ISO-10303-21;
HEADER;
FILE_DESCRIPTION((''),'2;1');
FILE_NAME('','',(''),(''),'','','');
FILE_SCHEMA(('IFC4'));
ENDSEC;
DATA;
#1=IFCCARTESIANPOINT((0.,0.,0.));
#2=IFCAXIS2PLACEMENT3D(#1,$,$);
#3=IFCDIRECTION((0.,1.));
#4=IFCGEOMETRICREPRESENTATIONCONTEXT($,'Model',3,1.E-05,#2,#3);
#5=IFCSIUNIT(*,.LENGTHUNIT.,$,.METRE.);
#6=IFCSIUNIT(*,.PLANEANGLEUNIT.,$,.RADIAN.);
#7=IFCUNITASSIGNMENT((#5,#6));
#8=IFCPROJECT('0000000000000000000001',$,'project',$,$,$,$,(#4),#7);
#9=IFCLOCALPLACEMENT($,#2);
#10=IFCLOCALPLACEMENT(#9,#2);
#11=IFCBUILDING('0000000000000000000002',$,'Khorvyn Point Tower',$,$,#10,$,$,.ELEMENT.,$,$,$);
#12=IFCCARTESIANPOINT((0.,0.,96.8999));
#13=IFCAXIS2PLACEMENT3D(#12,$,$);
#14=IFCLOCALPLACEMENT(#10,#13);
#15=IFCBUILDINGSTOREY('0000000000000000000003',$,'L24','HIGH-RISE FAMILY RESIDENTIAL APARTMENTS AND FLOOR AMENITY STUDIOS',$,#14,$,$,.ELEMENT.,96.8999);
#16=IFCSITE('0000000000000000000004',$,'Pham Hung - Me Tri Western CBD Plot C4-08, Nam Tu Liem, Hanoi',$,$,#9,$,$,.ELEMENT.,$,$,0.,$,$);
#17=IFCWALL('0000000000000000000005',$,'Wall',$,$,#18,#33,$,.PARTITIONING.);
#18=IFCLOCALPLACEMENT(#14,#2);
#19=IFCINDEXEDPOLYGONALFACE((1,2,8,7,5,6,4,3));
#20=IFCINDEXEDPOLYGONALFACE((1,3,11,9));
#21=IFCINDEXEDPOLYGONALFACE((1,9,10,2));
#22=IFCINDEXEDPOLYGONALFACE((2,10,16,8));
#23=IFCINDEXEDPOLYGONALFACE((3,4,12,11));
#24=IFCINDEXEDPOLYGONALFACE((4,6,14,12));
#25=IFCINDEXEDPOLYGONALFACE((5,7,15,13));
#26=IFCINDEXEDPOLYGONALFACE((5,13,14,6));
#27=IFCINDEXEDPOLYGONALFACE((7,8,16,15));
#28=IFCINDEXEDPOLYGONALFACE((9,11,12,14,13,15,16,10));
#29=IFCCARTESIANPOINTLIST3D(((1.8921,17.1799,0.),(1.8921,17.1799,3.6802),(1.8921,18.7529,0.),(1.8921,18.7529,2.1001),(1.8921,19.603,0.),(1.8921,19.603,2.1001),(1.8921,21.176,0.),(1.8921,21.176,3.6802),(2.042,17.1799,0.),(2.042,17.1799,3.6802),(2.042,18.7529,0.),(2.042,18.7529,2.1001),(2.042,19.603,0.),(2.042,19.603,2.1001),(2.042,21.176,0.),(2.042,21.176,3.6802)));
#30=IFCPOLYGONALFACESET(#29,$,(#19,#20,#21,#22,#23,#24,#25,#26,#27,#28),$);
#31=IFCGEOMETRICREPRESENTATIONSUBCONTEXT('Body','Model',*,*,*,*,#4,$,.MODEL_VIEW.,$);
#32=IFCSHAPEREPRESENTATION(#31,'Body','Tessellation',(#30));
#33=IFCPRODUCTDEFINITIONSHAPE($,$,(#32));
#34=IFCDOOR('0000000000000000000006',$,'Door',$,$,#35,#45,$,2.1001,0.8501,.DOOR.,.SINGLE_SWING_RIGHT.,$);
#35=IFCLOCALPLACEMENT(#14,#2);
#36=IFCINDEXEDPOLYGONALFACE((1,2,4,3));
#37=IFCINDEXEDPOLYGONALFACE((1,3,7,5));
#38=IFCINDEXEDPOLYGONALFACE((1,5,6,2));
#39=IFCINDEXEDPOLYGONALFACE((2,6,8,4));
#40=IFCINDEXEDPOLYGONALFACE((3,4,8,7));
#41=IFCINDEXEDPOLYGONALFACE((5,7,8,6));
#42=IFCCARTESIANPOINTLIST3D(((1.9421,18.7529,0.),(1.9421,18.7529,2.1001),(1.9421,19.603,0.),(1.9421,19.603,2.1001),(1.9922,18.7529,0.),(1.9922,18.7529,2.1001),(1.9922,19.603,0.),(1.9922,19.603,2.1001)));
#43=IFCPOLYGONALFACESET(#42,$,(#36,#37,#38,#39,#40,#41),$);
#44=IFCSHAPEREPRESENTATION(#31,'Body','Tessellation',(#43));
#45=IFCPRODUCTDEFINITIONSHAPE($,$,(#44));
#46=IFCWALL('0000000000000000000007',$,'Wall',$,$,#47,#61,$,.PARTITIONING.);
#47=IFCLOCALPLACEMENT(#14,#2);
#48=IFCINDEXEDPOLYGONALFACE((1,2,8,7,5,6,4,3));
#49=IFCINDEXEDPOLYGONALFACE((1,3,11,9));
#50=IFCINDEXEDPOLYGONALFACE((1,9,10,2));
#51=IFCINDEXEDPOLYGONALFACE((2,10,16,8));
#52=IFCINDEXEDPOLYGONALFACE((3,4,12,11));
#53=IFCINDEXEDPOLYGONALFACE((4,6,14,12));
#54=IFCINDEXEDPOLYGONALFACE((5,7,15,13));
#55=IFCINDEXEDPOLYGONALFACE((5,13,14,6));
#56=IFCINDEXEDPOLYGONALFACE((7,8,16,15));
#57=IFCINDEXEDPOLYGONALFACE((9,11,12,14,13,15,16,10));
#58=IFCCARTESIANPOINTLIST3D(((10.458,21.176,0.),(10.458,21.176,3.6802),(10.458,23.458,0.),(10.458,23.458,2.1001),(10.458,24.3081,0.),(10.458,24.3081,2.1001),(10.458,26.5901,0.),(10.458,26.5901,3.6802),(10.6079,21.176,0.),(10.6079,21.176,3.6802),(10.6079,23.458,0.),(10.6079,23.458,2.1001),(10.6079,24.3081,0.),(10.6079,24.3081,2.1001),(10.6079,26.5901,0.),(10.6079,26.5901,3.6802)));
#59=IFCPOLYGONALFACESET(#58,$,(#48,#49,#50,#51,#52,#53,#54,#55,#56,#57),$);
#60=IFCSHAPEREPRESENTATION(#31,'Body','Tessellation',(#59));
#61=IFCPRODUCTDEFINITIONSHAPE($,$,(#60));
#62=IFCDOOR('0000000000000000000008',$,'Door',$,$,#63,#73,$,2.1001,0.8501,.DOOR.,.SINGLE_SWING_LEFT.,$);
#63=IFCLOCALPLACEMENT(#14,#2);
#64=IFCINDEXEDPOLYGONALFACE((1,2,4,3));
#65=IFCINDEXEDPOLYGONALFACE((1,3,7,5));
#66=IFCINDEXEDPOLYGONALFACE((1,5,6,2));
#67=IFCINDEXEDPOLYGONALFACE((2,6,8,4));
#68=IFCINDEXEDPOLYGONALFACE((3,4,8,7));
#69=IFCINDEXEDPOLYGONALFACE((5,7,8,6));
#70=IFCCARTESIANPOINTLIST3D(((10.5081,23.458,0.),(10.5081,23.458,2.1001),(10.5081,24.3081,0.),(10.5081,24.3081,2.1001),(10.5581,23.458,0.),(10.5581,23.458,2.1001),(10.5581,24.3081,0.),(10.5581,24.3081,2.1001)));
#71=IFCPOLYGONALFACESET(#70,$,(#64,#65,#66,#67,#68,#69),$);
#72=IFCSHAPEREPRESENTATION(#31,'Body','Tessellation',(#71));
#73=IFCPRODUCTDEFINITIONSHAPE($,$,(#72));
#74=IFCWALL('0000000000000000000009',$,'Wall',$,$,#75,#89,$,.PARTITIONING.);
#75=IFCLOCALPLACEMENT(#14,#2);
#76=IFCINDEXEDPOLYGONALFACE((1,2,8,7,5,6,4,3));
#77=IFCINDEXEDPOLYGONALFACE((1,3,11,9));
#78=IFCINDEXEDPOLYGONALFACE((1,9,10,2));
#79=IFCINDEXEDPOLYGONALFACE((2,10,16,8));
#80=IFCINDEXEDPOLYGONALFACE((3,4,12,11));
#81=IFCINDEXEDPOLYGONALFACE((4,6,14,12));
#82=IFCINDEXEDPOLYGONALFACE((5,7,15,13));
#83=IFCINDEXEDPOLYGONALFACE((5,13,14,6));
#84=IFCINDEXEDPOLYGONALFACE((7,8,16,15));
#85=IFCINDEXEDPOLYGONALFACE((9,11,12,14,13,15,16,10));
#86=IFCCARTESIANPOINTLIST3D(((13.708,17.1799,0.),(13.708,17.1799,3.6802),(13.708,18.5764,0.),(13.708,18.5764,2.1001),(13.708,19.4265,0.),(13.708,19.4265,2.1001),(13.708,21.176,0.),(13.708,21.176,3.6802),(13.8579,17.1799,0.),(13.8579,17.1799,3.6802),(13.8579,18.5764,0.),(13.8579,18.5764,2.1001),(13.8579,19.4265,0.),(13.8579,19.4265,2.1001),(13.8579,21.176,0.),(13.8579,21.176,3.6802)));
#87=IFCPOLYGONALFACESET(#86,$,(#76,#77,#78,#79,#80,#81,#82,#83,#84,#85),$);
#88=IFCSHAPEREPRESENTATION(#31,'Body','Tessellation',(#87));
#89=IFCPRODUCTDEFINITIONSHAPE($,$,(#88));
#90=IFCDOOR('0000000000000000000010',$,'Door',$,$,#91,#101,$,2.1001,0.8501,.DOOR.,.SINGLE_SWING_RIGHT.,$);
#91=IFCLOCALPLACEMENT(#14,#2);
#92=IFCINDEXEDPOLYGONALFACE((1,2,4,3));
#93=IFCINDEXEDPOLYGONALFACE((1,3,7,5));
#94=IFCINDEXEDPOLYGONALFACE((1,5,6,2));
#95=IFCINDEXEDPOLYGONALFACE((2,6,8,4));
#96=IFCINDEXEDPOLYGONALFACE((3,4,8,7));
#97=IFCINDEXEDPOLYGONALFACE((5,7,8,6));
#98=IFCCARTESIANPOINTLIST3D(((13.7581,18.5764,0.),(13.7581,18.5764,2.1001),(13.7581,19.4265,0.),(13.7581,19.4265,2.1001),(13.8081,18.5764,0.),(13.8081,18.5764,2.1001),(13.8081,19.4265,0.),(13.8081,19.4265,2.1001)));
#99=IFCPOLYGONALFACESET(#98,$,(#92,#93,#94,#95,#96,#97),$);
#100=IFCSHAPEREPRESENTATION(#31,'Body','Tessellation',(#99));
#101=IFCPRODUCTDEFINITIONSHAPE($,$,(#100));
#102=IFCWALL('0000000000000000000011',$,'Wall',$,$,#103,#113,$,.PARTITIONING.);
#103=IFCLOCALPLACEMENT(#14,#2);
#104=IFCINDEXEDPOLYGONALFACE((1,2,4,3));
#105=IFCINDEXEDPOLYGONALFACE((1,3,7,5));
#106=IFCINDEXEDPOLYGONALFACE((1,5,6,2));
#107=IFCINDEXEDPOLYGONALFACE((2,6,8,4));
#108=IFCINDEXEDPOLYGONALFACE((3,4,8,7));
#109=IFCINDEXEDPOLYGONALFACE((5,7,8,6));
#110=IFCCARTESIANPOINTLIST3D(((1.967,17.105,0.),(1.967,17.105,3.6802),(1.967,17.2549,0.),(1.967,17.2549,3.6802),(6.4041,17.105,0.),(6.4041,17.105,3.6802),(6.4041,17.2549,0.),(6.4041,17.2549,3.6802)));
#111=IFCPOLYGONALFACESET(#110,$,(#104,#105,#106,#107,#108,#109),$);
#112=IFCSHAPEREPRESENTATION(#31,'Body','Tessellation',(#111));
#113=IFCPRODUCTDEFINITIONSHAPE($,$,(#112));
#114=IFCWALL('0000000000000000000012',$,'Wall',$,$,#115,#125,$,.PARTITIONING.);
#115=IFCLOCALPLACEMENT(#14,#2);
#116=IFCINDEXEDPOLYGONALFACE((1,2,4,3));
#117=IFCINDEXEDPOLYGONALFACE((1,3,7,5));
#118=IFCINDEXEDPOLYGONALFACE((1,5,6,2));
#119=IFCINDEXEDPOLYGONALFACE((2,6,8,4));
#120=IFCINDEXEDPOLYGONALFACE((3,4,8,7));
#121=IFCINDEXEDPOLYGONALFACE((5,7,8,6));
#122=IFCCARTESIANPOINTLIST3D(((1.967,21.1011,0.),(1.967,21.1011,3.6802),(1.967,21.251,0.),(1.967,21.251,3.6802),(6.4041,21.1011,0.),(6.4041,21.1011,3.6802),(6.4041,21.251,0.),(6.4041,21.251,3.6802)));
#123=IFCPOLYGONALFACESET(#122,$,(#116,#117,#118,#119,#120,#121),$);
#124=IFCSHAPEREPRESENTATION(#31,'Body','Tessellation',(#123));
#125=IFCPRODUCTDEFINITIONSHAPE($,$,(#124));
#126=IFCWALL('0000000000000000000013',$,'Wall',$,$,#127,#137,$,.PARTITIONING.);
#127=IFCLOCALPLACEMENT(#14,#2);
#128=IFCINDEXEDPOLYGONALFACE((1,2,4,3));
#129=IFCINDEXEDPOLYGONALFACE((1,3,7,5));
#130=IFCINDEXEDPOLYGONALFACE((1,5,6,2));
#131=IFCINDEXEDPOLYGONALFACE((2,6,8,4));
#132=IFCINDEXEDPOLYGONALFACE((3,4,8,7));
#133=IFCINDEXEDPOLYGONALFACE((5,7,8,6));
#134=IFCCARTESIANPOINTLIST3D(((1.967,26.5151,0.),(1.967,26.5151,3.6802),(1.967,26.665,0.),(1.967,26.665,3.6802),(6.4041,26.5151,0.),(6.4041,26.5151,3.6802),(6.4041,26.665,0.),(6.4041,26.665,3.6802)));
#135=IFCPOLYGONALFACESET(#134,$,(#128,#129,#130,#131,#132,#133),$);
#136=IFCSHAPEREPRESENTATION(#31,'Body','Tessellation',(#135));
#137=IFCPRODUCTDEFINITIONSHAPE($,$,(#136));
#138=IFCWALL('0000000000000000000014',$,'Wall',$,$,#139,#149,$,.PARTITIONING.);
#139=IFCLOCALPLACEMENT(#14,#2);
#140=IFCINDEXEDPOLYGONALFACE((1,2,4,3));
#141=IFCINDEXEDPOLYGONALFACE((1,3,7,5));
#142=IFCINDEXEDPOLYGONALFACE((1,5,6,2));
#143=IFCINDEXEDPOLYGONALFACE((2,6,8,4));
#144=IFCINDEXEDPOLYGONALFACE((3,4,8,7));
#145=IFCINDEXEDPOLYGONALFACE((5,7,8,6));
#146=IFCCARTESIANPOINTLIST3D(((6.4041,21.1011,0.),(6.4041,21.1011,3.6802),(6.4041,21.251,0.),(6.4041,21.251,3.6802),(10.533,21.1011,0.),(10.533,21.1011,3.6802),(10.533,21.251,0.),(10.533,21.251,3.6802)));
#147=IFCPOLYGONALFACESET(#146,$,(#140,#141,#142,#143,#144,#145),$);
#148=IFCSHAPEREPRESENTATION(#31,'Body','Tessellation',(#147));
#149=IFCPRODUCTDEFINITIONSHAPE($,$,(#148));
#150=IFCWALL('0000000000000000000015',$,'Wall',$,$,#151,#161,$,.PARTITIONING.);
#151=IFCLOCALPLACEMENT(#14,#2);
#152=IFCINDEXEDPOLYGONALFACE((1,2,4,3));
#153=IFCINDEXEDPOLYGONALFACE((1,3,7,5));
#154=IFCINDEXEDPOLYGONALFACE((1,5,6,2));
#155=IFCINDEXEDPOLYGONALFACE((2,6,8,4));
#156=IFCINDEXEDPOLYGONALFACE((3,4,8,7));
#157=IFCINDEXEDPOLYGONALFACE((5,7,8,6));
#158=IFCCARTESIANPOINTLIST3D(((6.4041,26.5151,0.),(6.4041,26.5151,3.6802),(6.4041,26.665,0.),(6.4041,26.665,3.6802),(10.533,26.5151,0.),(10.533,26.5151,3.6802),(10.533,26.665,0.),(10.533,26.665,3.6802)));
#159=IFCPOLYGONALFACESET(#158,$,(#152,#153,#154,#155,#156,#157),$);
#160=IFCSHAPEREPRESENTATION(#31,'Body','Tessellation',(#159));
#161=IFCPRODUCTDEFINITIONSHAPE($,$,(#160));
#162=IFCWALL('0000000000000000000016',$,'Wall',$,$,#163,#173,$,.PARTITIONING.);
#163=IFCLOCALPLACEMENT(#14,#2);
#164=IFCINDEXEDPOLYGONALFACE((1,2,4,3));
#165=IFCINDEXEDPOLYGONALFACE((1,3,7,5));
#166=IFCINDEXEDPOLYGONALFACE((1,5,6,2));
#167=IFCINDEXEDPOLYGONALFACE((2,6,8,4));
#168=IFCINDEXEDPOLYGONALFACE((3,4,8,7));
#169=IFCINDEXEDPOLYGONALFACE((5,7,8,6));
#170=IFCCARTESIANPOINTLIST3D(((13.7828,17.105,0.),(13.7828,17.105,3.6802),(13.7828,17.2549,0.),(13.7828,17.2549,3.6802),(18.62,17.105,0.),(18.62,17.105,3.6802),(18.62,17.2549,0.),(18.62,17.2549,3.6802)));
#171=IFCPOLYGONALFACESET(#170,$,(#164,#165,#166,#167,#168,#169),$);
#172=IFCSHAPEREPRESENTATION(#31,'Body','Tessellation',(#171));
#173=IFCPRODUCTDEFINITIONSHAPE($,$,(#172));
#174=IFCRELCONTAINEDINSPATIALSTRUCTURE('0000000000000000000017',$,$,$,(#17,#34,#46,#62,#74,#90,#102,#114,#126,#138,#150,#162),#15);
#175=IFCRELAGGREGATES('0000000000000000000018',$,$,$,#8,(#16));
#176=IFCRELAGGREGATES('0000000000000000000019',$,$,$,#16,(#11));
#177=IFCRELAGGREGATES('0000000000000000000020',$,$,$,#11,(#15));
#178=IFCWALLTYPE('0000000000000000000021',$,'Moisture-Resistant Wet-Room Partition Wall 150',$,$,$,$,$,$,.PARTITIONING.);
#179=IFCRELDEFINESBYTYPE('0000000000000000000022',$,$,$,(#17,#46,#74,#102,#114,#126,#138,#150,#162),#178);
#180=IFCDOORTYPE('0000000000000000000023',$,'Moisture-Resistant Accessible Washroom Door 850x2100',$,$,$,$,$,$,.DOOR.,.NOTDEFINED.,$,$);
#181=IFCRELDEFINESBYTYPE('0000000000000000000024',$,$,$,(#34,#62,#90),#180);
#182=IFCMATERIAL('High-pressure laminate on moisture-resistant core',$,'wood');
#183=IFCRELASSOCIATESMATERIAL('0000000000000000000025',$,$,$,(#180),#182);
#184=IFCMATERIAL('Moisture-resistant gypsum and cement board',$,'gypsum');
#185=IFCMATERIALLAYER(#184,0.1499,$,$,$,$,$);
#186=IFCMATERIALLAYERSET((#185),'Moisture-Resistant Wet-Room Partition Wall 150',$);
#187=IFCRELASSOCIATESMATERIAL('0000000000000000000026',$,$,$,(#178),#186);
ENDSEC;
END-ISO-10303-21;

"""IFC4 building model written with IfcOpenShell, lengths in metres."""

from ifc_helpers import new_model, si_unit, direction, frame, frame_2d, origin, place, context, subcontext, project, spatial, rectangle, extrude, material, layer, layer_set, type_object, element, fill, save


model = new_model("IFC4")

# Units and contexts
model_context = context("Model", 3, precision=1e-05, world=origin(), true_north=direction((0.0, 1.0)))
body_context = subcontext(model_context, "Body", "Model", "MODEL_VIEW")
ifc_project = project(units=[si_unit("LENGTHUNIT", "METRE"), si_unit("PLANEANGLEUNIT", "RADIAN")], contexts=[model_context])

# Site, building, storey
site_placement = place(None, origin())
site = spatial("IfcSite", under=ifc_project, at=site_placement, Name="Pham Hung - Me Tri Western CBD Plot C4-08, Nam Tu Liem, Hanoi", CompositionType="ELEMENT", RefElevation=0.0)
building_placement = place(site_placement, origin())
building = spatial("IfcBuilding", under=site, at=building_placement, Name="Khorvyn Point Tower", CompositionType="ELEMENT")
storey_placement = place(building_placement, frame((0.0, 0.0, 96.8999)))
storey = spatial("IfcBuildingStorey", under=building, at=storey_placement, Name="L24", Description="HIGH-RISE FAMILY RESIDENTIAL APARTMENTS AND FLOOR AMENITY STUDIOS", CompositionType="ELEMENT", Elevation=96.8999)

# Walls, openings, doors
ifc_material_1 = material(Name="High-pressure laminate on moisture-resistant core", Category="wood")
door_type_1 = type_object("IfcDoorType", Name="Moisture-Resistant Accessible Washroom Door 850x2100", OperationType="NOTDEFINED", PredefinedType="DOOR", material=ifc_material_1)
ifc_material_2 = material(Name="Moisture-resistant gypsum and cement board", Category="gypsum")
ifc_layer_1 = layer(ifc_material_2, 0.1499)
ifc_layer_set_1 = layer_set([ifc_layer_1], Name="Moisture-Resistant Wet-Room Partition Wall 150")
wall_type_1 = type_object("IfcWallType", Name="Moisture-Resistant Wet-Room Partition Wall 150", PredefinedType="PARTITIONING", material=ifc_layer_set_1)
wall_1_placement = place(storey_placement, frame((1.967, 17.1799, 0.0), z_axis=(0.0, 0.0, 1.0), x_axis=(0.0, 1.0, 0.0)))
wall_1 = element("IfcWall", 1, at=wall_1_placement, inside=storey, type_object=wall_type_1, Name="Wall", PredefinedType="PARTITIONING", context=body_context, shape_type="SweptSolid", body=[
    extrude(rectangle(XDim=3.9961, YDim=0.1499, at=frame_2d((1.998, 0.0))), origin(), (0.0, 0.0, 1.0), 3.6802),
])
opening_1_placement = place(wall_1_placement, frame((1.573, 0.0, 0.0)))
opening_1 = element("IfcOpeningElement", 2, at=opening_1_placement, cuts=wall_1, PredefinedType="OPENING", context=body_context, shape_type="SweptSolid", body=[
    extrude(rectangle(XDim=0.8501, YDim=2.1001, at=frame_2d((0.425, 1.05))), frame((0.0, 0.085, 0.0), z_axis=(0.0, -1.0, 0.0), x_axis=(1.0, 0.0, 0.0)), (0.0, 0.0, 1.0), 0.1699),
])
door_1_placement = place(opening_1_placement, origin())
door_1 = element("IfcDoor", 3, at=door_1_placement, inside=storey, type_object=door_type_1, Name="Door", OperationType="SINGLE_SWING_RIGHT", OverallHeight=2.1001, OverallWidth=0.8501, PredefinedType="DOOR", context=body_context, shape_type="SweptSolid", body=[
    extrude(rectangle(XDim=0.8501, YDim=2.1001, at=frame_2d((0.425, 1.05))), frame((0.0, 0.0249, 0.0), z_axis=(0.0, -1.0, 0.0), x_axis=(1.0, 0.0, 0.0)), (0.0, 0.0, 1.0), 0.05),
])
fill(opening_1, door_1)
wall_2_placement = place(storey_placement, frame((10.533, 21.176, 0.0), z_axis=(0.0, 0.0, 1.0), x_axis=(0.0, 1.0, 0.0)))
wall_2 = element("IfcWall", 4, at=wall_2_placement, inside=storey, type_object=wall_type_1, Name="Wall", PredefinedType="PARTITIONING", context=body_context, shape_type="SweptSolid", body=[
    extrude(rectangle(XDim=5.4141, YDim=0.1499, at=frame_2d((2.707, 0.0))), origin(), (0.0, 0.0, 1.0), 3.6802),
])
opening_2_placement = place(wall_2_placement, frame((2.282, 0.0, 0.0)))
opening_2 = element("IfcOpeningElement", 5, at=opening_2_placement, cuts=wall_2, PredefinedType="OPENING", context=body_context, shape_type="SweptSolid", body=[
    extrude(rectangle(XDim=0.8501, YDim=2.1001, at=frame_2d((0.425, 1.05))), frame((0.0, 0.085, 0.0), z_axis=(0.0, -1.0, 0.0), x_axis=(1.0, 0.0, 0.0)), (0.0, 0.0, 1.0), 0.1699),
])
door_2_placement = place(opening_2_placement, origin())
door_2 = element("IfcDoor", 6, at=door_2_placement, inside=storey, type_object=door_type_1, Name="Door", OperationType="SINGLE_SWING_LEFT", OverallHeight=2.1001, OverallWidth=0.8501, PredefinedType="DOOR", context=body_context, shape_type="SweptSolid", body=[
    extrude(rectangle(XDim=0.8501, YDim=2.1001, at=frame_2d((0.425, 1.05))), frame((0.0, 0.0249, 0.0), z_axis=(0.0, -1.0, 0.0), x_axis=(1.0, 0.0, 0.0)), (0.0, 0.0, 1.0), 0.05),
])
fill(opening_2, door_2)
wall_3_placement = place(storey_placement, frame((13.783, 17.1799, 0.0), z_axis=(0.0, 0.0, 1.0), x_axis=(0.0, 1.0, 0.0)))
wall_3 = element("IfcWall", 7, at=wall_3_placement, inside=storey, type_object=wall_type_1, Name="Wall", PredefinedType="PARTITIONING", context=body_context, shape_type="SweptSolid", body=[
    extrude(rectangle(XDim=3.9961, YDim=0.1499, at=frame_2d((1.998, 0.0))), origin(), (0.0, 0.0, 1.0), 3.6802),
])
opening_3_placement = place(wall_3_placement, frame((1.3965, 0.0, 0.0)))
opening_3 = element("IfcOpeningElement", 8, at=opening_3_placement, cuts=wall_3, PredefinedType="OPENING", context=body_context, shape_type="SweptSolid", body=[
    extrude(rectangle(XDim=0.8501, YDim=2.1001, at=frame_2d((0.425, 1.05))), frame((0.0, 0.085, 0.0), z_axis=(0.0, -1.0, 0.0), x_axis=(1.0, 0.0, 0.0)), (0.0, 0.0, 1.0), 0.1699),
])
door_3_placement = place(opening_3_placement, origin())
door_3 = element("IfcDoor", 9, at=door_3_placement, inside=storey, type_object=door_type_1, Name="Door", OperationType="SINGLE_SWING_RIGHT", OverallHeight=2.1001, OverallWidth=0.8501, PredefinedType="DOOR", context=body_context, shape_type="SweptSolid", body=[
    extrude(rectangle(XDim=0.8501, YDim=2.1001, at=frame_2d((0.425, 1.05))), frame((0.0, 0.0249, 0.0), z_axis=(0.0, -1.0, 0.0), x_axis=(1.0, 0.0, 0.0)), (0.0, 0.0, 1.0), 0.05),
])
fill(opening_3, door_3)

# Walls
for number, where, z_axis, x_axis, name in (
    (10, (1.967, 17.1799, 0.0), (0.0, 0.0, 1.0), (1.0, 0.0, 0.0), "Wall"),
    (11, (1.967, 21.176, 0.0), (0.0, 0.0, 1.0), (1.0, 0.0, 0.0), "Wall"),
    (12, (1.967, 26.5901, 0.0), (0.0, 0.0, 1.0), (1.0, 0.0, 0.0), "Wall"),
):
    element("IfcWall", number, at=place(storey_placement, frame(where, z_axis=z_axis, x_axis=x_axis)), inside=storey, type_object=wall_type_1, Name=name, PredefinedType="PARTITIONING", context=body_context, shape_type="SweptSolid", body=[
        extrude(rectangle(XDim=4.437, YDim=0.1499, at=frame_2d((2.2185, 0.0))), origin(), (0.0, 0.0, 1.0), 3.6802),
    ])
for number, where, z_axis, x_axis, name in (
    (13, (6.4041, 21.176, 0.0), (0.0, 0.0, 1.0), (1.0, 0.0, 0.0), "Wall"),
    (14, (6.4041, 26.5901, 0.0), (0.0, 0.0, 1.0), (1.0, 0.0, 0.0), "Wall"),
):
    element("IfcWall", number, at=place(storey_placement, frame(where, z_axis=z_axis, x_axis=x_axis)), inside=storey, type_object=wall_type_1, Name=name, PredefinedType="PARTITIONING", context=body_context, shape_type="SweptSolid", body=[
        extrude(rectangle(XDim=4.1289, YDim=0.1499, at=frame_2d((2.0645, 0.0))), origin(), (0.0, 0.0, 1.0), 3.6802),
    ])
wall_4_placement = place(storey_placement, frame((13.783, 17.1799, 0.0), z_axis=(0.0, 0.0, 1.0), x_axis=(1.0, 0.0, 0.0)))
element("IfcWall", 15, at=wall_4_placement, inside=storey, type_object=wall_type_1, Name="Wall", PredefinedType="PARTITIONING", context=body_context, shape_type="SweptSolid", body=[
    extrude(rectangle(XDim=4.8372, YDim=0.1499, at=frame_2d((2.4185, 0.0))), origin(), (0.0, 0.0, 1.0), 3.6802),
])

save(model, "model.ifc")
